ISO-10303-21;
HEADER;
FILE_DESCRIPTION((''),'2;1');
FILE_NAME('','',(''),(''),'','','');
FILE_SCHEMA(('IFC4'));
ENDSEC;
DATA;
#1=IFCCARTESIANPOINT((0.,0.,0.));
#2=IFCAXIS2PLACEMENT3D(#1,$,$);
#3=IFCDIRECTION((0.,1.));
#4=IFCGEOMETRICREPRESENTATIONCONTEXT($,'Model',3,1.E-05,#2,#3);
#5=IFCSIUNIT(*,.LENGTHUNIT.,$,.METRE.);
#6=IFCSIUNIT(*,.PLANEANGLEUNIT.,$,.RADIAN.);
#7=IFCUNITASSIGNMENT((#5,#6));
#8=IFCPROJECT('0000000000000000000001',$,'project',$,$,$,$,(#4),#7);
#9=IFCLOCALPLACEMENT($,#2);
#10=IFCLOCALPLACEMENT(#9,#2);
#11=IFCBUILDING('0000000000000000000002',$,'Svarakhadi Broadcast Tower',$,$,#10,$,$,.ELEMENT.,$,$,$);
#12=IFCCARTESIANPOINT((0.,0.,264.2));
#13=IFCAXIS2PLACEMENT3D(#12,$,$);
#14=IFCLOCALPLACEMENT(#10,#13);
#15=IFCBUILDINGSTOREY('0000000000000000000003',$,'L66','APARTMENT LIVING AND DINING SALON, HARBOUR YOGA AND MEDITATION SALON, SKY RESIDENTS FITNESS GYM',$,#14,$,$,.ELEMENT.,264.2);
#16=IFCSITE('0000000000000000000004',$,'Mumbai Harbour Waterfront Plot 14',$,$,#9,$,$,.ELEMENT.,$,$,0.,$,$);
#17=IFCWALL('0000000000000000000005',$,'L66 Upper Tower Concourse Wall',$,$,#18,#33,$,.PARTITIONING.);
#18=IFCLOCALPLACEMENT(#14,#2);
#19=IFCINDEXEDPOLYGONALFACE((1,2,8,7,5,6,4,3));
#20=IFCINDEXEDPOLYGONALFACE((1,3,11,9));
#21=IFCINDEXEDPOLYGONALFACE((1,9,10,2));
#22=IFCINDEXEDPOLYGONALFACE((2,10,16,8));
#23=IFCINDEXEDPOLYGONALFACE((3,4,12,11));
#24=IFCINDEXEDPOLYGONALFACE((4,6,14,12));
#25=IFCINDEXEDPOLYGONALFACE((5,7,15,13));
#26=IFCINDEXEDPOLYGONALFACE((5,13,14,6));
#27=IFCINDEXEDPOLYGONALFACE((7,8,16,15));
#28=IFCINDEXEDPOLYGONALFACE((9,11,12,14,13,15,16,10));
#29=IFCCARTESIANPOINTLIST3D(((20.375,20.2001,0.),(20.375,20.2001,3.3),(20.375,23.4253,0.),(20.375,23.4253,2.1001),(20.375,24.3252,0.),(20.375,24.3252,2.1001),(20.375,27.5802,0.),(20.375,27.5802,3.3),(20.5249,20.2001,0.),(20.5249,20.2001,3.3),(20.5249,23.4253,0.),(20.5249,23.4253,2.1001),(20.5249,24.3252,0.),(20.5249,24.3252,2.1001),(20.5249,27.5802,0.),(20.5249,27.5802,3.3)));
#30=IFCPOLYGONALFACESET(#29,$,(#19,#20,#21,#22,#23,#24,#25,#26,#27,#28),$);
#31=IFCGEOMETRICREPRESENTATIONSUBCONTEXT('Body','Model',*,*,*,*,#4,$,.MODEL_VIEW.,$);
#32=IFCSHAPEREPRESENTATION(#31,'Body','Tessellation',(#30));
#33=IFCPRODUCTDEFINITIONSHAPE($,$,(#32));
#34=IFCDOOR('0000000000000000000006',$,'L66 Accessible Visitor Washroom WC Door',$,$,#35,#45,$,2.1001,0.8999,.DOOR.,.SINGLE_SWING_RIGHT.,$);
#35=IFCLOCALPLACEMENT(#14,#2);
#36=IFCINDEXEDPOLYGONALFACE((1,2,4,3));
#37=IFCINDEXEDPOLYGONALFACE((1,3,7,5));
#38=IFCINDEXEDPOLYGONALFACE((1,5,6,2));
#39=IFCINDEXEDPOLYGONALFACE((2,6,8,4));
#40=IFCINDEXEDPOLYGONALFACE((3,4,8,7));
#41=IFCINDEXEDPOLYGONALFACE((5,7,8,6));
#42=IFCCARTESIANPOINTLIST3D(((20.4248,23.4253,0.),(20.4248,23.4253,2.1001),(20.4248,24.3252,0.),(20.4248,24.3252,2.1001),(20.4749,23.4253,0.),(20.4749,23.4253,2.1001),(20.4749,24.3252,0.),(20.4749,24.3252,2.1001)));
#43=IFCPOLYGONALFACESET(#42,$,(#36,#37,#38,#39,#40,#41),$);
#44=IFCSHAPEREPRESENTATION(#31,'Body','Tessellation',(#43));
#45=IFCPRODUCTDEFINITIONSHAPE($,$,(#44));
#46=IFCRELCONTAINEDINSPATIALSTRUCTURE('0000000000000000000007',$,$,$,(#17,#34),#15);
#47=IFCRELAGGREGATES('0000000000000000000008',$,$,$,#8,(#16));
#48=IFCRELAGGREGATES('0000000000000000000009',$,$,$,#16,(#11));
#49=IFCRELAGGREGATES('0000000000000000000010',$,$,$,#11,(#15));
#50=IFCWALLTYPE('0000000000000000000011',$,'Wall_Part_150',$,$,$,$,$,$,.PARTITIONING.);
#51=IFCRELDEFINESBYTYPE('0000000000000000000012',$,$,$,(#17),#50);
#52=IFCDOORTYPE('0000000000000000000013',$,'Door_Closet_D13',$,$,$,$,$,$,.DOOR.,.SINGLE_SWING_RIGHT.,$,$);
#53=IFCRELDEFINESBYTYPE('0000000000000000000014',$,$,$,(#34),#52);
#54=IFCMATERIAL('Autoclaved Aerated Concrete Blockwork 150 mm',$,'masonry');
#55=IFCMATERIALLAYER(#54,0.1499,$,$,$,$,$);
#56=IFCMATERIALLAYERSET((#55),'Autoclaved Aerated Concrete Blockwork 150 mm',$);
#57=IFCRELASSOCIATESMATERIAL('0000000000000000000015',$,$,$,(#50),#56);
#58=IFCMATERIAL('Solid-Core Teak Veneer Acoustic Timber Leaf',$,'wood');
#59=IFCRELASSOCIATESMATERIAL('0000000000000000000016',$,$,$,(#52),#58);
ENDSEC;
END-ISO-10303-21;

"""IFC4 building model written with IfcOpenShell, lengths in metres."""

from ifc_helpers import new_model, si_unit, direction, frame, frame_2d, origin, place, context, subcontext, project, spatial, rectangle, extrude, material, layer, layer_set, type_object, element, fill, save


model = new_model("IFC4")

# Units and contexts
model_context = context("Model", 3, precision=1e-05, world=origin(), true_north=direction((0.0, 1.0)))
body_context = subcontext(model_context, "Body", "Model", "MODEL_VIEW")
ifc_project = project(units=[si_unit("LENGTHUNIT", "METRE"), si_unit("PLANEANGLEUNIT", "RADIAN")], contexts=[model_context])

# Site, building, storey
site_placement = place(None, origin())
site = spatial("IfcSite", under=ifc_project, at=site_placement, Name="Mumbai Harbour Waterfront Plot 14", CompositionType="ELEMENT", RefElevation=0.0)
building_placement = place(site_placement, origin())
building = spatial("IfcBuilding", under=site, at=building_placement, Name="Svarakhadi Broadcast Tower", CompositionType="ELEMENT")
storey_placement = place(building_placement, frame((0.0, 0.0, 264.2)))
storey = spatial("IfcBuildingStorey", under=building, at=storey_placement, Name="L66", Description="APARTMENT LIVING AND DINING SALON, HARBOUR YOGA AND MEDITATION SALON, SKY RESIDENTS FITNESS GYM", CompositionType="ELEMENT", Elevation=264.2)

# Shared definitions
ifc_material_1 = material(Name="Autoclaved Aerated Concrete Blockwork 150 mm", Category="masonry")
ifc_layer_1 = layer(ifc_material_1, 0.1499)
ifc_layer_set_1 = layer_set([ifc_layer_1], Name="Autoclaved Aerated Concrete Blockwork 150 mm")
wall_type = type_object("IfcWallType", Name="Wall_Part_150", PredefinedType="PARTITIONING", material=ifc_layer_set_1)

# Wall, opening, door
wall_1_placement = place(storey_placement, frame((20.45, 27.5801, 0.0), z_axis=(0.0, 0.0, 1.0), x_axis=(0.0, -1.0, 0.0)))
wall_1 = element("IfcWall", 1, at=wall_1_placement, inside=storey, type_object=wall_type, Name="L66 Upper Tower Concourse Wall", PredefinedType="PARTITIONING", context=body_context, shape_type="SweptSolid", body=[
    extrude(rectangle(XDim=7.3801, YDim=0.1499, at=frame_2d((3.6899, 0.0))), origin(), (0.0, 0.0, 1.0), 3.3),
])
opening_placement = place(wall_1_placement, frame((3.2549, 0.0, 0.0)))
opening = element("IfcOpeningElement", 2, at=opening_placement, cuts=wall_1, PredefinedType="OPENING", context=body_context, shape_type="SweptSolid", body=[
    extrude(rectangle(XDim=0.8999, YDim=2.1001, at=frame_2d((0.45, 1.05))), frame((0.0, 0.085, 0.0), z_axis=(0.0, -1.0, 0.0), x_axis=(1.0, 0.0, 0.0)), (0.0, 0.0, 1.0), 0.1699),
])
ifc_material_2 = material(Name="Solid-Core Teak Veneer Acoustic Timber Leaf", Category="wood")
door_type = type_object("IfcDoorType", Name="Door_Closet_D13", OperationType="SINGLE_SWING_RIGHT", PredefinedType="DOOR", material=ifc_material_2)
door_placement = place(opening_placement, origin())
door = element("IfcDoor", 3, at=door_placement, inside=storey, type_object=door_type, Name="L66 Accessible Visitor Washroom WC Door", OperationType="SINGLE_SWING_RIGHT", OverallHeight=2.1001, OverallWidth=0.8999, PredefinedType="DOOR", context=body_context, shape_type="SweptSolid", body=[
    extrude(rectangle(XDim=0.8999, YDim=2.1001, at=frame_2d((0.45, 1.05))), frame((0.0, 0.0249, 0.0), z_axis=(0.0, -1.0, 0.0), x_axis=(1.0, 0.0, 0.0)), (0.0, 0.0, 1.0), 0.05),
])
fill(opening, door)

save(model, "model.ifc")
